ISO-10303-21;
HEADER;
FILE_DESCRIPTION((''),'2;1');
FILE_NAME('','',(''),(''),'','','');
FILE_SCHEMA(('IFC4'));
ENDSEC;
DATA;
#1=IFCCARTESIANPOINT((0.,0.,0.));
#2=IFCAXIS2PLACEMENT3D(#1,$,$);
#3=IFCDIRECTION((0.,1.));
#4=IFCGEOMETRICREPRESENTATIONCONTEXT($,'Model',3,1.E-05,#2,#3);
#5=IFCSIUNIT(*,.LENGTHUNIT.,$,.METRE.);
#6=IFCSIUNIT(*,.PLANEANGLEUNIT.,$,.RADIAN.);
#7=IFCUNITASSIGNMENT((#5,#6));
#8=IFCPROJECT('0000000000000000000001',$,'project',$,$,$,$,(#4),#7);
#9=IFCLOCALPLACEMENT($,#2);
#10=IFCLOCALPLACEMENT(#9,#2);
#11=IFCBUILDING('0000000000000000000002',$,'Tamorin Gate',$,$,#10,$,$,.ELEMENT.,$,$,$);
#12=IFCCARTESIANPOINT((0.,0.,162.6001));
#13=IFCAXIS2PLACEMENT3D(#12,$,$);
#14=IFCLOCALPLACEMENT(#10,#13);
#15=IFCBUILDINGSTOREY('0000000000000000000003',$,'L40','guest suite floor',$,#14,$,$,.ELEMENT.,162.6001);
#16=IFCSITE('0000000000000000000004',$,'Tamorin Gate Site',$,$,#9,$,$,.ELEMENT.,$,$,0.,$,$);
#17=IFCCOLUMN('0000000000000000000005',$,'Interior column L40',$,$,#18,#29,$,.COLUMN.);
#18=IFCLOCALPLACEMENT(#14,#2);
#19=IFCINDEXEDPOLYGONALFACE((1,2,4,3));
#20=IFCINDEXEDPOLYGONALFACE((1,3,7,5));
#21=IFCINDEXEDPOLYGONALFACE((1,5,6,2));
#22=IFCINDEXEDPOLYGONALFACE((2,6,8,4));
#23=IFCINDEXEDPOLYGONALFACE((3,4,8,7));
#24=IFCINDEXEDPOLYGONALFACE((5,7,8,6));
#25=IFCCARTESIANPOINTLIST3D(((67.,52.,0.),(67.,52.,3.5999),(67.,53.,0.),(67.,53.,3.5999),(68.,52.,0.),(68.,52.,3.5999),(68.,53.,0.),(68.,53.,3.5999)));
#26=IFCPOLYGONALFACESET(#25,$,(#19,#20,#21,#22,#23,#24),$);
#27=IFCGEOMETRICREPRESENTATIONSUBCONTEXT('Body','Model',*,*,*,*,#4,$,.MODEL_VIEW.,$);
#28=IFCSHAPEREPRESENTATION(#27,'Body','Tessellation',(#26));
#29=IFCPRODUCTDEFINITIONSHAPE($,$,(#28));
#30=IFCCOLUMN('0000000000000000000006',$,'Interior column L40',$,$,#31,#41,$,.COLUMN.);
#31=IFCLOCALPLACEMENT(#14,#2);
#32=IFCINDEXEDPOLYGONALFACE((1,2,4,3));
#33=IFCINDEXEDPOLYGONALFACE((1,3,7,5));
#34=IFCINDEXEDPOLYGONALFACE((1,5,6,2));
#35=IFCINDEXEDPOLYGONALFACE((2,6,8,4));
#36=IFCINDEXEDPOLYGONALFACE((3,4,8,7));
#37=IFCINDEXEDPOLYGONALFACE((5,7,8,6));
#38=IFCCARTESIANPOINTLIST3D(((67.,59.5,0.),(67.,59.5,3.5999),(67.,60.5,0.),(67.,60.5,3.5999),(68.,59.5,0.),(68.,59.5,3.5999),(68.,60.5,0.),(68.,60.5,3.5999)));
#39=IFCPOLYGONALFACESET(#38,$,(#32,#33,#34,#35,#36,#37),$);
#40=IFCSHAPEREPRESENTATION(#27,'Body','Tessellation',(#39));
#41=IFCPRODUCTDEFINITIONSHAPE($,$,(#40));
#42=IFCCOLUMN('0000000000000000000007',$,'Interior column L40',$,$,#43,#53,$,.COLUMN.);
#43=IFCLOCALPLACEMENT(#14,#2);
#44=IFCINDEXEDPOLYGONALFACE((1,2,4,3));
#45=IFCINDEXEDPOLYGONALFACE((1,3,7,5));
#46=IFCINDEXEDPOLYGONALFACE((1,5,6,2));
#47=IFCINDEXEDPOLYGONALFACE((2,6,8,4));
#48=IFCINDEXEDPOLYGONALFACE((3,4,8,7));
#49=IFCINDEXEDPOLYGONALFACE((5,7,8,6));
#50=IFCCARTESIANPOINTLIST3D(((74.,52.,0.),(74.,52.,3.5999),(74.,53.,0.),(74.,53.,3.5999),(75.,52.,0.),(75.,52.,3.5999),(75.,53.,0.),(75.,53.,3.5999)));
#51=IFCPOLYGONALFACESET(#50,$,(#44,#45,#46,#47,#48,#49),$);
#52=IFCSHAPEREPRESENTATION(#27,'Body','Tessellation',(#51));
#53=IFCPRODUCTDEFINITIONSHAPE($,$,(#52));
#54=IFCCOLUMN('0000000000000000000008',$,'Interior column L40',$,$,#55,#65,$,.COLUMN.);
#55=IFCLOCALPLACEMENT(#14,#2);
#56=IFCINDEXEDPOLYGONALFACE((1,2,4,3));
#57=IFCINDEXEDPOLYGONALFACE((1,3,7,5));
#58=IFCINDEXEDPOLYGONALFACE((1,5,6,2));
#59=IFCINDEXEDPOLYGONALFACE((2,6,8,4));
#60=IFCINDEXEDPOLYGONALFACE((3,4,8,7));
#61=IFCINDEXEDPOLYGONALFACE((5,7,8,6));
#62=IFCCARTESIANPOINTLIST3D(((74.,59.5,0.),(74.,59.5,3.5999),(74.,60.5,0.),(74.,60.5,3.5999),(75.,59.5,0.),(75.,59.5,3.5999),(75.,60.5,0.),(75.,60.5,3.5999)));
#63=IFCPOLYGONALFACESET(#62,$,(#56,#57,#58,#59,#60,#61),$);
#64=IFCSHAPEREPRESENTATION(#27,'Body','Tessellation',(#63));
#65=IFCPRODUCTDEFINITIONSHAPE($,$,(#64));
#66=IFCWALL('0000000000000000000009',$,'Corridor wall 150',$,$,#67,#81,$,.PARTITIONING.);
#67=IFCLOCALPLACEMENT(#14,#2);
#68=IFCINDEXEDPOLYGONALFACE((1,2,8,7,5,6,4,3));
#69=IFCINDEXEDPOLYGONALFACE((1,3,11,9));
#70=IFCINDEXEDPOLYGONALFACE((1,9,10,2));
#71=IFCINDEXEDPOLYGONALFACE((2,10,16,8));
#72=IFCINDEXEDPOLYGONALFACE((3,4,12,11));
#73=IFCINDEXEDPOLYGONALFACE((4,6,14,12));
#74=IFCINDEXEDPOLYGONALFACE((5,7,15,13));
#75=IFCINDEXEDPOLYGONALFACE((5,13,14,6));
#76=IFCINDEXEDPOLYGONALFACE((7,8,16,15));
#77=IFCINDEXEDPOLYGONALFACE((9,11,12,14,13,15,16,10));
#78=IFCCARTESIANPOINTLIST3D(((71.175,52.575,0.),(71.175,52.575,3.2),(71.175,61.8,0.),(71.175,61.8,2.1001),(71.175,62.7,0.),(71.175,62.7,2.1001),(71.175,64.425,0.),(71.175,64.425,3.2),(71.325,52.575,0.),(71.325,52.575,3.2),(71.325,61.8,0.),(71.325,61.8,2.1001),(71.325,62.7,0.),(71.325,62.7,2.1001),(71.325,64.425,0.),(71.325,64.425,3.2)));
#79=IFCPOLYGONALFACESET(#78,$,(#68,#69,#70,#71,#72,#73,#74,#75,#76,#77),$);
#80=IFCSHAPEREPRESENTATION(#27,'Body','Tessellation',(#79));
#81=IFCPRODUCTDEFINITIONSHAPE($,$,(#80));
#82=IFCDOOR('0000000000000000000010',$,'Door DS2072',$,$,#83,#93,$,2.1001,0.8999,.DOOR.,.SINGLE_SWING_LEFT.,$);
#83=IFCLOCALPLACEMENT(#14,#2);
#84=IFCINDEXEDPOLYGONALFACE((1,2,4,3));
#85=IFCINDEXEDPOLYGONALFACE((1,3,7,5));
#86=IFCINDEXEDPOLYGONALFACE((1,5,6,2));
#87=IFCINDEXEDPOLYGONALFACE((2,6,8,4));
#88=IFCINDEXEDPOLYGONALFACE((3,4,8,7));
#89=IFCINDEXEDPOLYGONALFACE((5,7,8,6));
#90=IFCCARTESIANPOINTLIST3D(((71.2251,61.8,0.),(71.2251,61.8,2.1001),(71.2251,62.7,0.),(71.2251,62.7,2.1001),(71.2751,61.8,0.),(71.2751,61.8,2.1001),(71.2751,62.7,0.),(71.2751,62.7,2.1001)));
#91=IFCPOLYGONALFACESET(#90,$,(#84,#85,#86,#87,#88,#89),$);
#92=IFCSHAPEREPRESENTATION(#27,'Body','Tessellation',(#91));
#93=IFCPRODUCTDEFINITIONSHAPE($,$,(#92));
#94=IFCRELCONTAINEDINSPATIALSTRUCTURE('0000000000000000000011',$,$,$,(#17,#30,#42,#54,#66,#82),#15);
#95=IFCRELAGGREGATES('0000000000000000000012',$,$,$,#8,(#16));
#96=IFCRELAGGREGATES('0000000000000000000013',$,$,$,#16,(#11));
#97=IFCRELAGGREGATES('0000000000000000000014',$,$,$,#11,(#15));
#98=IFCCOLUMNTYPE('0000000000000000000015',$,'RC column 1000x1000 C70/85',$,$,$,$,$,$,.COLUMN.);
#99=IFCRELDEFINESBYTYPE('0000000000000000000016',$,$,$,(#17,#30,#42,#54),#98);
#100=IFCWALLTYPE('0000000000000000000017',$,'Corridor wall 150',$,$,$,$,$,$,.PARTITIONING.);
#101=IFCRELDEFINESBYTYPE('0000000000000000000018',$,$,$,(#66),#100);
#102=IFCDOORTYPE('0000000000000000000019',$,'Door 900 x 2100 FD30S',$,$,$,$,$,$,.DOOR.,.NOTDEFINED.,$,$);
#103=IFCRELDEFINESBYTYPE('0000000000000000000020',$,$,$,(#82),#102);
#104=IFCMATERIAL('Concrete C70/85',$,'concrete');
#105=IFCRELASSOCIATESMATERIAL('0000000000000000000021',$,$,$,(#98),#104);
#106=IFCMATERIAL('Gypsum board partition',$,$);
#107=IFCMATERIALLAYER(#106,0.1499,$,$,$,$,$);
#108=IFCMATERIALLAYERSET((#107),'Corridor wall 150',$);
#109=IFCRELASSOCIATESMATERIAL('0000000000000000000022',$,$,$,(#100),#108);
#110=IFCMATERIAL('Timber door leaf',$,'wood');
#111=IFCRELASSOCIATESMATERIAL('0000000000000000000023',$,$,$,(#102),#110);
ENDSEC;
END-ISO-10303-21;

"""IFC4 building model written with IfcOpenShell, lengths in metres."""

from ifc_helpers import new_model, si_unit, direction, frame, frame_2d, origin, origin_2d, place, context, subcontext, project, spatial, rectangle, extrude, material, layer, layer_set, material_profile, profile_set, type_object, element, fill, save


model = new_model("IFC4")

# Units and contexts
model_context = context("Model", 3, precision=1e-05, world=origin(), true_north=direction((0.0, 1.0)))
body_context = subcontext(model_context, "Body", "Model", "MODEL_VIEW")
ifc_project = project(units=[si_unit("LENGTHUNIT", "METRE"), si_unit("PLANEANGLEUNIT", "RADIAN")], contexts=[model_context])

# Site, building, storey
site_placement = place(None, origin())
site = spatial("IfcSite", under=ifc_project, at=site_placement, Name="Tamorin Gate Site", CompositionType="ELEMENT", RefElevation=0.0)
building_placement = place(site_placement, origin())
building = spatial("IfcBuilding", under=site, at=building_placement, Name="Tamorin Gate", CompositionType="ELEMENT")
storey_placement = place(building_placement, frame((0.0, 0.0, 162.6001)))
storey = spatial("IfcBuildingStorey", under=building, at=storey_placement, Name="L40", Description="guest suite floor", CompositionType="ELEMENT", Elevation=162.6001)

# Columns
ifc_material_1 = material(Name="Concrete C70/85", Category="concrete")
ifc_material_profile = material_profile(ifc_material_1, rectangle(XDim=1.0, YDim=1.0, at=origin_2d()), Name="RC 1000x1000")
ifc_profile_set = profile_set([ifc_material_profile], Name="Concrete C70/85")
column_type = type_object("IfcColumnType", Name="RC column 1000x1000 C70/85", PredefinedType="COLUMN", material=ifc_profile_set)
for number, where, z_axis, x_axis, name in (
    (1, (67.5, 52.5, 0.0), (0.0, 0.0, 1.0), (1.0, 0.0, 0.0), "Interior column L40"),
    (2, (67.5, 60.0, 0.0), (0.0, 0.0, 1.0), (1.0, 0.0, 0.0), "Interior column L40"),
    (3, (74.5, 52.5, 0.0), (0.0, 0.0, 1.0), (1.0, 0.0, 0.0), "Interior column L40"),
    (4, (74.5, 60.0, 0.0), (0.0, 0.0, 1.0), (1.0, 0.0, 0.0), "Interior column L40"),
):
    element("IfcColumn", number, at=place(storey_placement, frame(where, z_axis=z_axis, x_axis=x_axis)), inside=storey, type_object=column_type, Name=name, PredefinedType="COLUMN", context=body_context, shape_type="SweptSolid", body=[
        extrude(rectangle(XDim=1.0, YDim=1.0, at=origin_2d()), origin(), (0.0, 0.0, 1.0), 3.5999),
    ])

# Wall, opening, door
ifc_material_2 = material(Name="Gypsum board partition")
ifc_layer_1 = layer(ifc_material_2, 0.1499)
ifc_layer_set_1 = layer_set([ifc_layer_1], Name="Corridor wall 150")
wall_type_1 = type_object("IfcWallType", Name="Corridor wall 150", PredefinedType="PARTITIONING", material=ifc_layer_set_1)
wall_1_placement = place(storey_placement, frame((71.25, 52.575, 0.0), z_axis=(0.0, 0.0, 1.0), x_axis=(0.0, 1.0, 0.0)))
wall_1 = element("IfcWall", 5, at=wall_1_placement, inside=storey, type_object=wall_type_1, Name="Corridor wall 150", PredefinedType="PARTITIONING", context=body_context, shape_type="SweptSolid", body=[
    extrude(rectangle(XDim=11.8501, YDim=0.1499, at=frame_2d((5.925, 0.0))), origin(), (0.0, 0.0, 1.0), 3.2),
])
opening_1_placement = place(wall_1_placement, frame((9.2251, 0.0, 0.0)))
opening_1 = element("IfcOpeningElement", 6, at=opening_1_placement, cuts=wall_1, PredefinedType="OPENING", context=body_context, shape_type="SweptSolid", body=[
    extrude(rectangle(XDim=0.8999, YDim=2.1001, at=frame_2d((0.45, 1.05))), frame((0.0, 0.085, 0.0), z_axis=(0.0, -1.0, 0.0), x_axis=(1.0, 0.0, 0.0)), (0.0, 0.0, 1.0), 0.1699),
])
ifc_material_3 = material(Name="Timber door leaf", Category="wood")
door_type_1 = type_object("IfcDoorType", Name="Door 900 x 2100 FD30S", OperationType="NOTDEFINED", PredefinedType="DOOR", material=ifc_material_3)
door_1_placement = place(opening_1_placement, origin())
door_1 = element("IfcDoor", 7, at=door_1_placement, inside=storey, type_object=door_type_1, Name="Door DS2072", OperationType="SINGLE_SWING_LEFT", OverallHeight=2.1001, OverallWidth=0.8999, PredefinedType="DOOR", context=body_context, shape_type="SweptSolid", body=[
    extrude(rectangle(XDim=0.8999, YDim=2.1001, at=frame_2d((0.45, 1.05))), frame((0.0, 0.0249, 0.0), z_axis=(0.0, -1.0, 0.0), x_axis=(1.0, 0.0, 0.0)), (0.0, 0.0, 1.0), 0.05),
])
fill(opening_1, door_1)

save(model, "model.ifc")
